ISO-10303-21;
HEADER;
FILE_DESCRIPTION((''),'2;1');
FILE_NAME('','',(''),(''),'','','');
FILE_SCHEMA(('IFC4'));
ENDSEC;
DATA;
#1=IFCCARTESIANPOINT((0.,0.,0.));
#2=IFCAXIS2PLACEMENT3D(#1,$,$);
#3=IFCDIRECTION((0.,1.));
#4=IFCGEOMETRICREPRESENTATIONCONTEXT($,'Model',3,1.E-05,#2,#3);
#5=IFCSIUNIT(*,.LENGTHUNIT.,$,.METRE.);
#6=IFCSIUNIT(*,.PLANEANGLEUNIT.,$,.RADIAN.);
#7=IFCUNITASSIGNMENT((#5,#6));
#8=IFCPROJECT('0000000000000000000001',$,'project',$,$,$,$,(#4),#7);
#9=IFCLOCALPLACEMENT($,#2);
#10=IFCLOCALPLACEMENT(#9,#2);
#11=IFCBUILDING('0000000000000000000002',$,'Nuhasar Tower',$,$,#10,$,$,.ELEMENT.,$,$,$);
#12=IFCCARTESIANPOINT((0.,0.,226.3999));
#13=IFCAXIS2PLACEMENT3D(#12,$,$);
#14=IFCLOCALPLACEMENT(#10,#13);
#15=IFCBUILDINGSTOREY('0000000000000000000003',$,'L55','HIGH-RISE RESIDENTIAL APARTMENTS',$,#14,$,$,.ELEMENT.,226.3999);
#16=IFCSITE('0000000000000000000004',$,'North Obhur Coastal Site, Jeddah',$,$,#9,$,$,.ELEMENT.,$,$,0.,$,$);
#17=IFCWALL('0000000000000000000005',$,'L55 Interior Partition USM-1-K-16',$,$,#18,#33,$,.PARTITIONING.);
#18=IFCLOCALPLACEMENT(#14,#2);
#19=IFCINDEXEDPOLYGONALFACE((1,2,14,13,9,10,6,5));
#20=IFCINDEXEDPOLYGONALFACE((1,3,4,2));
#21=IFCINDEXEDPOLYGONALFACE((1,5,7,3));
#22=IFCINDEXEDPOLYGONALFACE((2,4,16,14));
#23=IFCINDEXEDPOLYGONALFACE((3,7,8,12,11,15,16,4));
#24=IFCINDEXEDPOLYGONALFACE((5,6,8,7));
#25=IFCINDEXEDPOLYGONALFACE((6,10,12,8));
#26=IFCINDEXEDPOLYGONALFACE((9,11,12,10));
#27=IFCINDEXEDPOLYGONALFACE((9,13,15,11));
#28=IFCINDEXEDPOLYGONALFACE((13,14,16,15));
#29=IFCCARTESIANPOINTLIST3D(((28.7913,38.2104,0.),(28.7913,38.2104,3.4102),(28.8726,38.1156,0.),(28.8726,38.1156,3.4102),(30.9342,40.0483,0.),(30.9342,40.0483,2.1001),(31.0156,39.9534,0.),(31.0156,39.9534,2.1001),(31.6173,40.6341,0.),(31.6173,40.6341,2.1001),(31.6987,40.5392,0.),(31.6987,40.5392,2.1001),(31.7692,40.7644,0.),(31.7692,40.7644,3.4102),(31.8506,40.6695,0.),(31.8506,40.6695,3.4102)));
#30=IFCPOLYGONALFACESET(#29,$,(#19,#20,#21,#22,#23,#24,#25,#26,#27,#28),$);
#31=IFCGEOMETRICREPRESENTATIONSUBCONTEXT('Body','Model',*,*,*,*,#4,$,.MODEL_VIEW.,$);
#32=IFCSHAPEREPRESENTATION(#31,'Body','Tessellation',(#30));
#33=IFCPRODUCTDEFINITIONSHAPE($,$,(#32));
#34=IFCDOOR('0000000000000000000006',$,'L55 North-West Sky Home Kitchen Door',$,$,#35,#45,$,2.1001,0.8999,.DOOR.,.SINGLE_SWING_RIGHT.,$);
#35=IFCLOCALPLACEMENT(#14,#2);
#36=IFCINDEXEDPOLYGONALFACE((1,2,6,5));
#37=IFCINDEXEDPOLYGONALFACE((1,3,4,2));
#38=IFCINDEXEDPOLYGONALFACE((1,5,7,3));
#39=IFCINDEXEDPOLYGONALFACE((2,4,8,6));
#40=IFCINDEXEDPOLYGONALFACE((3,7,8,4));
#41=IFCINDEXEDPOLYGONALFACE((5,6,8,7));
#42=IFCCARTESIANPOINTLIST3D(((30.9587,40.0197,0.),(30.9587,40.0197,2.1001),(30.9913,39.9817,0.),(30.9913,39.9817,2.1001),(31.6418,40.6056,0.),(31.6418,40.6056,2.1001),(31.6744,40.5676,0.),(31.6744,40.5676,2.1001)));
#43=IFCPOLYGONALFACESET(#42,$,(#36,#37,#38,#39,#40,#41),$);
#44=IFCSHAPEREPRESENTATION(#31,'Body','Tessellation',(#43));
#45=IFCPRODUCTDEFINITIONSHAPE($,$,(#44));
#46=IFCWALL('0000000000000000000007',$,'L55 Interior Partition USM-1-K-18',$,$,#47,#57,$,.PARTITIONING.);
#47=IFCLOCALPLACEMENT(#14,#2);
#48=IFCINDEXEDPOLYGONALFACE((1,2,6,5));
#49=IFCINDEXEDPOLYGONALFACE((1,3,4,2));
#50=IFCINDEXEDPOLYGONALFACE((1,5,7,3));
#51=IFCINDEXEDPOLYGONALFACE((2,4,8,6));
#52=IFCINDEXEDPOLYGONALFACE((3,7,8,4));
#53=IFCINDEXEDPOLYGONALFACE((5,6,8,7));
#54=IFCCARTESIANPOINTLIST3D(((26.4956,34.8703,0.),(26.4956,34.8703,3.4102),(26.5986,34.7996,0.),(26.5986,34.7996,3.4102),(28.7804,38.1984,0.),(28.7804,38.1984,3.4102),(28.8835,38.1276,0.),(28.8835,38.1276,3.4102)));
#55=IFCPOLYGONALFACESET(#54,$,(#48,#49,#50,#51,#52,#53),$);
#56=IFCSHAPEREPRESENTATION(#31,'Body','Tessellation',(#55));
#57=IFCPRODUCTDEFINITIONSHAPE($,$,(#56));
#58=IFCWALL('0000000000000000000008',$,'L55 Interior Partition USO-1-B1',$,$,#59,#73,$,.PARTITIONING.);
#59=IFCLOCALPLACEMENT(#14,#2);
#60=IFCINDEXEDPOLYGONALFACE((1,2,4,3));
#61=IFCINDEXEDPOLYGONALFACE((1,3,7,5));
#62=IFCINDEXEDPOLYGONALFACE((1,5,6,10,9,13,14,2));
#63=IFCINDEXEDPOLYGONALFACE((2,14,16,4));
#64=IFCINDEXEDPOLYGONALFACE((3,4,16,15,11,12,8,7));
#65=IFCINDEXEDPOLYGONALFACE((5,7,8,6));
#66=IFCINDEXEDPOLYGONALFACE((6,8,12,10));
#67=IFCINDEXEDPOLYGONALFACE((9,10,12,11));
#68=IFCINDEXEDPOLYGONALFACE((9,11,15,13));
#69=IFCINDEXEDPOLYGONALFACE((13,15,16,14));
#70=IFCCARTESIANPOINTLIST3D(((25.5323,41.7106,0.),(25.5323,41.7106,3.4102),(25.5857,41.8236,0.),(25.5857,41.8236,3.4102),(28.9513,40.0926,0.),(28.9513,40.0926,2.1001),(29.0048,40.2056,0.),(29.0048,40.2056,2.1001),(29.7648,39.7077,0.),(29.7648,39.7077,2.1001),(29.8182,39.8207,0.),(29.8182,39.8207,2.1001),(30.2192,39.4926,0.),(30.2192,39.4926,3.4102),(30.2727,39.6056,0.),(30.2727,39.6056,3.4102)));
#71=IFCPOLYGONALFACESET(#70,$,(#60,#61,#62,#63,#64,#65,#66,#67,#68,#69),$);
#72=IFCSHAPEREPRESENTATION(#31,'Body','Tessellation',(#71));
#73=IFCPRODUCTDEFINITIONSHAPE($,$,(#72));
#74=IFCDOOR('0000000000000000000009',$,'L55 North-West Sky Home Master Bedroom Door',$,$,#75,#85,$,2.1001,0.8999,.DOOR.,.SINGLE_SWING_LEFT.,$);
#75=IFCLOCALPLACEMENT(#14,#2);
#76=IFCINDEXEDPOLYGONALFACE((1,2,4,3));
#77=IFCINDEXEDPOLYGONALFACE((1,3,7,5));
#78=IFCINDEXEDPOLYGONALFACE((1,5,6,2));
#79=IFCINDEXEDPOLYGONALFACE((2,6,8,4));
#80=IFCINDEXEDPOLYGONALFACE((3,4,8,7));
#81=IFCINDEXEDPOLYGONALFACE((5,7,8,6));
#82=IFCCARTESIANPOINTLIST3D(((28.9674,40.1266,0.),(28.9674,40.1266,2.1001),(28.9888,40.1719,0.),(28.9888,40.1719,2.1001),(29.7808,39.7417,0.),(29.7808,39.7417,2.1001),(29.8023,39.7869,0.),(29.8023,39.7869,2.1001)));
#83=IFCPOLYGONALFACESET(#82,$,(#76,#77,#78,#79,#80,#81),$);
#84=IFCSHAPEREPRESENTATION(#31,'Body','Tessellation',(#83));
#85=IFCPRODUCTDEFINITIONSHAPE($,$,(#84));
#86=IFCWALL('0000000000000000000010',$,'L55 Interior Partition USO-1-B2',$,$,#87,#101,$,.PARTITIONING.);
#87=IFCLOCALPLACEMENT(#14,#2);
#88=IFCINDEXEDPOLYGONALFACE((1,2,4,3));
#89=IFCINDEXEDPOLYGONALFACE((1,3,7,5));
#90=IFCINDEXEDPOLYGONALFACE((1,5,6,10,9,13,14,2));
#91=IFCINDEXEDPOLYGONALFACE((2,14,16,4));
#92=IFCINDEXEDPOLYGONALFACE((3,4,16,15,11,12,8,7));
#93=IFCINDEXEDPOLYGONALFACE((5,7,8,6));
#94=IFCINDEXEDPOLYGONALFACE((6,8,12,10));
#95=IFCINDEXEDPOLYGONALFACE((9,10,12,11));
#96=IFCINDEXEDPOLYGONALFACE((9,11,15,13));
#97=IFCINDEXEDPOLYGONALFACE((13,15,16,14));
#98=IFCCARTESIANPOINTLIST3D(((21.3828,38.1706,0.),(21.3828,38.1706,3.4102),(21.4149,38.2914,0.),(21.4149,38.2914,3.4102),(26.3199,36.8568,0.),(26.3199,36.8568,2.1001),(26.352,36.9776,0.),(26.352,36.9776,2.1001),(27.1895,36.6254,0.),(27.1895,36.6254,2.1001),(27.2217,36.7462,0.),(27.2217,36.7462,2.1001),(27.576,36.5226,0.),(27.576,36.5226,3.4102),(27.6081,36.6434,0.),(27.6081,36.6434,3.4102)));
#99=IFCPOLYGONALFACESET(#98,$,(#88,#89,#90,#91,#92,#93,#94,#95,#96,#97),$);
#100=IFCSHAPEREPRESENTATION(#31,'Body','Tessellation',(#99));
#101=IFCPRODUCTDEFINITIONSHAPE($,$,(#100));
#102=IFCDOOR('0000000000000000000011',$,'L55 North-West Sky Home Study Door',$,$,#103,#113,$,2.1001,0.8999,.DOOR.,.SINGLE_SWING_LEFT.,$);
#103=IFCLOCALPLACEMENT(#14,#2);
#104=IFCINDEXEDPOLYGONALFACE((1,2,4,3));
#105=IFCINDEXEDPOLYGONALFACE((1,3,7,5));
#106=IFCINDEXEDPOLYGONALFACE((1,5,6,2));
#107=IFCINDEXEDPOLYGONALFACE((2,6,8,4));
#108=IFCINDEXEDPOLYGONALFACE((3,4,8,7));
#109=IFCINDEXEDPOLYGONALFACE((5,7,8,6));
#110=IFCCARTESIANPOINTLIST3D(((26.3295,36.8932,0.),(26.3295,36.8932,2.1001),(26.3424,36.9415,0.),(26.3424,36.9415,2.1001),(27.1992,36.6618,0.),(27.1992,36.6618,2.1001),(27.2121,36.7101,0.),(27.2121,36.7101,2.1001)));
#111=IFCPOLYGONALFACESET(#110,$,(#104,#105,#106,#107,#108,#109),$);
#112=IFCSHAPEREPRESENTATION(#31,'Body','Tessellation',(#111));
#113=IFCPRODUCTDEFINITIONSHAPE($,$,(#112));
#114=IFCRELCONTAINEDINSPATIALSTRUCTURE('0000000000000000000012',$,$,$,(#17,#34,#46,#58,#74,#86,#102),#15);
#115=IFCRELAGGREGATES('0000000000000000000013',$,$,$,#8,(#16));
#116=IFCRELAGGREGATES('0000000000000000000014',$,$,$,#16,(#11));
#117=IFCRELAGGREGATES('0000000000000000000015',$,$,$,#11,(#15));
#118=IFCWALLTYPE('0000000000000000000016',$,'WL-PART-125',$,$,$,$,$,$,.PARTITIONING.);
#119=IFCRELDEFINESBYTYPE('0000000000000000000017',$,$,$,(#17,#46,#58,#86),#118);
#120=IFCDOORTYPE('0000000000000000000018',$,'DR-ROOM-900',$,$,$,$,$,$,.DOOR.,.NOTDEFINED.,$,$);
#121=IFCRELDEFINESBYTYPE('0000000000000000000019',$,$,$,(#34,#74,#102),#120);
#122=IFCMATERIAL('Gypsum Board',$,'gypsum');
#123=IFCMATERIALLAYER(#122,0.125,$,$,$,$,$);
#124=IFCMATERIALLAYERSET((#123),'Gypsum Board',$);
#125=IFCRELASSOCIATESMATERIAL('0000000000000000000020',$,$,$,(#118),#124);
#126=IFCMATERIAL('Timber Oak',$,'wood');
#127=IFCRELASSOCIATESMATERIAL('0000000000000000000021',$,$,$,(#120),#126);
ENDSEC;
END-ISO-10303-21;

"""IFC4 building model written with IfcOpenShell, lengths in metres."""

from ifc_helpers import new_model, si_unit, direction, frame, frame_2d, origin, place, context, subcontext, project, spatial, rectangle, extrude, material, layer, layer_set, type_object, element, fill, save


model = new_model("IFC4")

# Units and contexts
model_context = context("Model", 3, precision=1e-05, world=origin(), true_north=direction((0.0, 1.0)))
body_context = subcontext(model_context, "Body", "Model", "MODEL_VIEW")
ifc_project = project(units=[si_unit("LENGTHUNIT", "METRE"), si_unit("PLANEANGLEUNIT", "RADIAN")], contexts=[model_context])

# Site, building, storey
site_placement = place(None, origin())
site = spatial("IfcSite", under=ifc_project, at=site_placement, Name="North Obhur Coastal Site, Jeddah", CompositionType="ELEMENT", RefElevation=0.0)
building_placement = place(site_placement, origin())
building = spatial("IfcBuilding", under=site, at=building_placement, Name="Nuhasar Tower", CompositionType="ELEMENT")
storey_placement = place(building_placement, frame((0.0, 0.0, 226.3999)))
storey = spatial("IfcBuildingStorey", under=building, at=storey_placement, Name="L55", Description="HIGH-RISE RESIDENTIAL APARTMENTS", CompositionType="ELEMENT", Elevation=226.3999)

# Wall, opening, door
ifc_material_1 = material(Name="Gypsum Board", Category="gypsum")
ifc_layer_1 = layer(ifc_material_1, 0.125)
ifc_layer_set_1 = layer_set([ifc_layer_1], Name="Gypsum Board")
wall_type = type_object("IfcWallType", Name="WL-PART-125", PredefinedType="PARTITIONING", material=ifc_layer_set_1)
wall_1_placement = place(storey_placement, frame((28.832, 38.1631, 0.0), z_axis=(0.0, 0.0, 1.0), x_axis=(0.759085, 0.650991, 0.0)))
wall_1 = element("IfcWall", 1, at=wall_1_placement, inside=storey, type_object=wall_type, Name="L55 Interior Partition USM-1-K-16", PredefinedType="PARTITIONING", context=body_context, shape_type="SweptSolid", body=[
    extrude(rectangle(XDim=3.9231, YDim=0.125, at=frame_2d((1.9614, 0.0))), origin(), (0.0, 0.0, 1.0), 3.4102),
])
opening_1_placement = place(wall_1_placement, frame((2.823, 0.0, 0.0)))
opening_1 = element("IfcOpeningElement", 2, at=opening_1_placement, cuts=wall_1, PredefinedType="OPENING", context=body_context, shape_type="SweptSolid", body=[
    extrude(rectangle(XDim=0.8999, YDim=2.1001, at=frame_2d((0.45, 1.05))), frame((0.0, 0.0725, 0.0), z_axis=(0.0, -1.0, 0.0), x_axis=(1.0, 0.0, 0.0)), (0.0, 0.0, 1.0), 0.145),
])
ifc_material_2 = material(Name="Timber Oak", Category="wood")
door_type = type_object("IfcDoorType", Name="DR-ROOM-900", OperationType="NOTDEFINED", PredefinedType="DOOR", material=ifc_material_2)
door_1_placement = place(opening_1_placement, origin())
door_1 = element("IfcDoor", 3, at=door_1_placement, inside=storey, type_object=door_type, Name="L55 North-West Sky Home Kitchen Door", OperationType="SINGLE_SWING_RIGHT", OverallHeight=2.1001, OverallWidth=0.8999, PredefinedType="DOOR", context=body_context, shape_type="SweptSolid", body=[
    extrude(rectangle(XDim=0.8999, YDim=2.1001, at=frame_2d((0.45, 1.05))), frame((0.0, 0.0249, 0.0), z_axis=(0.0, -1.0, 0.0), x_axis=(1.0, 0.0, 0.0)), (0.0, 0.0, 1.0), 0.05),
])
fill(opening_1, door_1)

# Wall
wall_2_placement = place(storey_placement, frame((28.832, 38.1631, 0.0), z_axis=(0.0, 0.0, 1.0), x_axis=(-0.565995, -0.824409, 0.0)))
element("IfcWall", 4, at=wall_2_placement, inside=storey, type_object=wall_type, Name="L55 Interior Partition USM-1-K-18", PredefinedType="PARTITIONING", context=body_context, shape_type="SweptSolid", body=[
    extrude(rectangle(XDim=4.0369, YDim=0.125, at=frame_2d((2.0186, 0.0))), origin(), (0.0, 0.0, 1.0), 3.4102),
])

# Walls, openings, doors
wall_3_placement = place(storey_placement, frame((30.2461, 39.5491, 0.0), z_axis=(0.0, 0.0, 1.0), x_axis=(-0.903898, 0.427748, 0.0)))
wall_3 = element("IfcWall", 5, at=wall_3_placement, inside=storey, type_object=wall_type, Name="L55 Interior Partition USO-1-B1", PredefinedType="PARTITIONING", context=body_context, shape_type="SweptSolid", body=[
    extrude(rectangle(XDim=5.1853, YDim=0.125, at=frame_2d((2.5928, 0.0))), origin(), (0.0, 0.0, 1.0), 3.4102),
])
opening_2_placement = place(wall_3_placement, frame((0.5029, 0.0, 0.0)))
opening_2 = element("IfcOpeningElement", 6, at=opening_2_placement, cuts=wall_3, PredefinedType="OPENING", context=body_context, shape_type="SweptSolid", body=[
    extrude(rectangle(XDim=0.8999, YDim=2.1001, at=frame_2d((0.45, 1.05))), frame((0.0, 0.0725, 0.0), z_axis=(0.0, -1.0, 0.0), x_axis=(1.0, 0.0, 0.0)), (0.0, 0.0, 1.0), 0.145),
])
door_2_placement = place(opening_2_placement, origin())
door_2 = element("IfcDoor", 7, at=door_2_placement, inside=storey, type_object=door_type, Name="L55 North-West Sky Home Master Bedroom Door", OperationType="SINGLE_SWING_LEFT", OverallHeight=2.1001, OverallWidth=0.8999, PredefinedType="DOOR", context=body_context, shape_type="SweptSolid", body=[
    extrude(rectangle(XDim=0.8999, YDim=2.1001, at=frame_2d((0.45, 1.05))), frame((0.0, 0.0249, 0.0), z_axis=(0.0, -1.0, 0.0), x_axis=(1.0, 0.0, 0.0)), (0.0, 0.0, 1.0), 0.05),
])
fill(opening_2, door_2)
wall_4_placement = place(storey_placement, frame((27.592, 36.583, 0.0), z_axis=(0.0, 0.0, 1.0), x_axis=(-0.966373, 0.257146, 0.0)))
wall_4 = element("IfcWall", 8, at=wall_4_placement, inside=storey, type_object=wall_type, Name="L55 Interior Partition USO-1-B2", PredefinedType="PARTITIONING", context=body_context, shape_type="SweptSolid", body=[
    extrude(rectangle(XDim=6.4087, YDim=0.125, at=frame_2d((3.2043, 0.0))), origin(), (0.0, 0.0, 1.0), 3.4102),
])
opening_3_placement = place(wall_4_placement, frame((0.3999, 0.0, 0.0)))
opening_3 = element("IfcOpeningElement", 9, at=opening_3_placement, cuts=wall_4, PredefinedType="OPENING", context=body_context, shape_type="SweptSolid", body=[
    extrude(rectangle(XDim=0.8999, YDim=2.1001, at=frame_2d((0.45, 1.05))), frame((0.0, 0.0725, 0.0), z_axis=(0.0, -1.0, 0.0), x_axis=(1.0, 0.0, 0.0)), (0.0, 0.0, 1.0), 0.145),
])
door_3_placement = place(opening_3_placement, origin())
door_3 = element("IfcDoor", 10, at=door_3_placement, inside=storey, type_object=door_type, Name="L55 North-West Sky Home Study Door", OperationType="SINGLE_SWING_LEFT", OverallHeight=2.1001, OverallWidth=0.8999, PredefinedType="DOOR", context=body_context, shape_type="SweptSolid", body=[
    extrude(rectangle(XDim=0.8999, YDim=2.1001, at=frame_2d((0.45, 1.05))), frame((0.0, 0.0249, 0.0), z_axis=(0.0, -1.0, 0.0), x_axis=(1.0, 0.0, 0.0)), (0.0, 0.0, 1.0), 0.05),
])
fill(opening_3, door_3)

save(model, "model.ifc")
